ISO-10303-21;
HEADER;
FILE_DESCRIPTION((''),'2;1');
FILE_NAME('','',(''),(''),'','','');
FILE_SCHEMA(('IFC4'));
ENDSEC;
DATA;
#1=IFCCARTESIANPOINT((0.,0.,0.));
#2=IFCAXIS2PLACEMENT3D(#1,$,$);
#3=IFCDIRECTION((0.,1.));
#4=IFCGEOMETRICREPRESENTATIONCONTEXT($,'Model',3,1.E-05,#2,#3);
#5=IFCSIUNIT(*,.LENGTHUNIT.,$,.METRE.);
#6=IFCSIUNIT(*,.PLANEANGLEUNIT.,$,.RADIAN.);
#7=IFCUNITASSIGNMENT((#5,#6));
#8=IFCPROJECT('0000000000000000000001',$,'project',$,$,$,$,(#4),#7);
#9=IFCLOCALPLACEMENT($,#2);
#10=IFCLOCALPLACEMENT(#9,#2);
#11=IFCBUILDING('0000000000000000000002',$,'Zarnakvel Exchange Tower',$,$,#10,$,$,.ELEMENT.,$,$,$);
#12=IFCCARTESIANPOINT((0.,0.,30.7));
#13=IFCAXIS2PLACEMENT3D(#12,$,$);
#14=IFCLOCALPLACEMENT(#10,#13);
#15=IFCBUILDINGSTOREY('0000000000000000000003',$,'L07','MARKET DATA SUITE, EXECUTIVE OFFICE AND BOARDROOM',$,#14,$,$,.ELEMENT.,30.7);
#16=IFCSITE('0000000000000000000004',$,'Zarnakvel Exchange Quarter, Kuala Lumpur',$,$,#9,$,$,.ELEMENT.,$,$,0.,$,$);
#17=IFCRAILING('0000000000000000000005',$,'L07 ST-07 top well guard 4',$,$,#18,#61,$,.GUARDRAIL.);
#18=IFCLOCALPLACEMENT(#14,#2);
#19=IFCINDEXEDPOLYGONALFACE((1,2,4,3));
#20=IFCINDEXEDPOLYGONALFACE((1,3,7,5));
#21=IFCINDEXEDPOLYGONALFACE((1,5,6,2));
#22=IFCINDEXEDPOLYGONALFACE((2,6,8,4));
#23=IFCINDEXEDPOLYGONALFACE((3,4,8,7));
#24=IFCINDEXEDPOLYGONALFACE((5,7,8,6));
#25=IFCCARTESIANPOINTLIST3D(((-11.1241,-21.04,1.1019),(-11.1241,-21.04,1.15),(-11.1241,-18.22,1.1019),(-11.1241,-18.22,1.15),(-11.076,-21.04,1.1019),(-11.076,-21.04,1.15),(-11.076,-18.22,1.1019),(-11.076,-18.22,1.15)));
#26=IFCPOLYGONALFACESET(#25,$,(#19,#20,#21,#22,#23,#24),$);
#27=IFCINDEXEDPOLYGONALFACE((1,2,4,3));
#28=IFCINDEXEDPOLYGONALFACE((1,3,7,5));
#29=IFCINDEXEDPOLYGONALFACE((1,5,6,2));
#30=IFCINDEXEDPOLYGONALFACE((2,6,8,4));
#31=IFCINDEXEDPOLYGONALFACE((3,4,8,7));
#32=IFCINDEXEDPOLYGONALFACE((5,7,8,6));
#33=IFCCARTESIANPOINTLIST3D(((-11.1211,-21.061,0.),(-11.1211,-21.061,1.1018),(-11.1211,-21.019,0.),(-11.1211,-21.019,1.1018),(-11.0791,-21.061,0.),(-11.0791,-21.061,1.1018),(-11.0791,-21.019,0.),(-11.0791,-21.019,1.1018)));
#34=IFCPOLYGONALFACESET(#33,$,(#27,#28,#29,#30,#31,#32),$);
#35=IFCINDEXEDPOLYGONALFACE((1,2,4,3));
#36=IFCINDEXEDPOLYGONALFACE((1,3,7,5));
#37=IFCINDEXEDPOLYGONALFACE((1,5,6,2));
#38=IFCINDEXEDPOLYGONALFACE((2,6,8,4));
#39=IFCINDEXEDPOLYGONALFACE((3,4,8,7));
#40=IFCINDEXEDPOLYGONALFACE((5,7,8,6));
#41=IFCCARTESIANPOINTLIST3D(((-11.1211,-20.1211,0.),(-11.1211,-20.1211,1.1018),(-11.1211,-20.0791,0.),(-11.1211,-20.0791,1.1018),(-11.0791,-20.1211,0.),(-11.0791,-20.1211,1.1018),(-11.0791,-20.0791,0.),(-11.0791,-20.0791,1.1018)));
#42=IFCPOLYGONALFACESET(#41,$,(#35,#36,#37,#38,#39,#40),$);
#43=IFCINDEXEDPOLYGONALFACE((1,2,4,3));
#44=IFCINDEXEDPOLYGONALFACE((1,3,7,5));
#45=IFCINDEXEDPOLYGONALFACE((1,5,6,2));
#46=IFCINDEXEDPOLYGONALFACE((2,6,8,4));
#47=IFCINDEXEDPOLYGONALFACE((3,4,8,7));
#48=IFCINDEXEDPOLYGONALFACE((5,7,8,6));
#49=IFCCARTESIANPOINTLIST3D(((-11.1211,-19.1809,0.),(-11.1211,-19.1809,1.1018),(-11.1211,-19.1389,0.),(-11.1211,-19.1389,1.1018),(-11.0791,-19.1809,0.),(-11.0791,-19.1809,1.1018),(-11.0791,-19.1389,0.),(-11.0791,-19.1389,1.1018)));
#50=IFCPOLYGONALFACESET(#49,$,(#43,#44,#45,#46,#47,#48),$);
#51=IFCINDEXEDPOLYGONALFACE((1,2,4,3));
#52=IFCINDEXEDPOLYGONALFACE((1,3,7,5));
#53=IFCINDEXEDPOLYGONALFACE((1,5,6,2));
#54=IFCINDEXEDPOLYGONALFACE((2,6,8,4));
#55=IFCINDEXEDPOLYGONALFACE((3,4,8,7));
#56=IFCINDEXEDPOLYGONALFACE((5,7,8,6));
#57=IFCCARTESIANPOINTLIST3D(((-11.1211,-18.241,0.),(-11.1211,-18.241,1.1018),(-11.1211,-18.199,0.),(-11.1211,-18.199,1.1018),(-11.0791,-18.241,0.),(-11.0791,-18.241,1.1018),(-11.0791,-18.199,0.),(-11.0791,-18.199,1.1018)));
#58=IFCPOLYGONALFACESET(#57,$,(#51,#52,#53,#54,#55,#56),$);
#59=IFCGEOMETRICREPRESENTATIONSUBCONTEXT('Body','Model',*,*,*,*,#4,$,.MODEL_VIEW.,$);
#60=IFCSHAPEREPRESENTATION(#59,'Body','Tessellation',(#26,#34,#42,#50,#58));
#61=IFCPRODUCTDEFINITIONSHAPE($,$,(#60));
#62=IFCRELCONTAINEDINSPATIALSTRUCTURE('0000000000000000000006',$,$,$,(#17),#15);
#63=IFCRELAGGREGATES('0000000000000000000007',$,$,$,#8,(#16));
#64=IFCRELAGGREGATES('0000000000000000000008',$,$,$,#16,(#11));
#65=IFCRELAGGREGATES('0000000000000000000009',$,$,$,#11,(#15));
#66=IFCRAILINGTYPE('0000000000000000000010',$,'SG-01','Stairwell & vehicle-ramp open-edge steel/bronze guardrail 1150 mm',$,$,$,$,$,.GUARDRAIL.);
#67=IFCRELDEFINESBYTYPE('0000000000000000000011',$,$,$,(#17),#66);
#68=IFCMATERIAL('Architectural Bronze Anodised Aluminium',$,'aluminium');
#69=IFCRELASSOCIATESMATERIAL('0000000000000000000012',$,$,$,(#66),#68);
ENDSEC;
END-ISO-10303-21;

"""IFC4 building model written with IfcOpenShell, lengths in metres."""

from ifc_helpers import new_model, si_unit, direction, frame, origin, origin_2d, place, context, subcontext, project, spatial, rectangle, extrude, material, type_object, element, save


model = new_model("IFC4")

# Units and contexts
model_context = context("Model", 3, precision=1e-05, world=origin(), true_north=direction((0.0, 1.0)))
body_context = subcontext(model_context, "Body", "Model", "MODEL_VIEW")
ifc_project = project(units=[si_unit("LENGTHUNIT", "METRE"), si_unit("PLANEANGLEUNIT", "RADIAN")], contexts=[model_context])

# Site, building, storey
site_placement = place(None, origin())
site = spatial("IfcSite", under=ifc_project, at=site_placement, Name="Zarnakvel Exchange Quarter, Kuala Lumpur", CompositionType="ELEMENT", RefElevation=0.0)
building_placement = place(site_placement, origin())
building = spatial("IfcBuilding", under=site, at=building_placement, Name="Zarnakvel Exchange Tower", CompositionType="ELEMENT")
storey_placement = place(building_placement, frame((0.0, 0.0, 30.7)))
storey = spatial("IfcBuildingStorey", under=building, at=storey_placement, Name="L07", Description="MARKET DATA SUITE, EXECUTIVE OFFICE AND BOARDROOM", CompositionType="ELEMENT", Elevation=30.7)

# Shared definitions
ifc_material_1 = material(Name="Architectural Bronze Anodised Aluminium", Category="aluminium")

# Railing
railing_type_1 = type_object("IfcRailingType", Name="SG-01", Description="Stairwell & vehicle-ramp open-edge steel/bronze guardrail 1150 mm", PredefinedType="GUARDRAIL", material=ifc_material_1)
railing_1_placement = place(storey_placement, frame((-11.1001, -21.04, 0.0)))
element("IfcRailing", 1, at=railing_1_placement, inside=storey, type_object=railing_type_1, Name="L07 ST-07 top well guard 4", PredefinedType="GUARDRAIL", context=body_context, shape_type="SweptSolid", body=[
    extrude(rectangle(XDim=0.0481, YDim=0.0481, at=origin_2d()), frame((0.0, 0.0, 1.126), z_axis=(0.0, 1.0, 0.0), x_axis=(-1.0, 0.0, 0.0)), (0.0, 0.0, 1.0), 2.8201),
    extrude(rectangle(XDim=0.042, YDim=0.042, at=origin_2d()), origin(), (0.0, 0.0, 1.0), 1.1018),
    extrude(rectangle(XDim=0.042, YDim=0.042, at=origin_2d()), frame((0.0, 0.9399, 0.0)), (0.0, 0.0, 1.0), 1.1018),
    extrude(rectangle(XDim=0.042, YDim=0.042, at=origin_2d()), frame((0.0, 1.8801, 0.0)), (0.0, 0.0, 1.0), 1.1018),
    extrude(rectangle(XDim=0.042, YDim=0.042, at=origin_2d()), frame((0.0, 2.8201, 0.0)), (0.0, 0.0, 1.0), 1.1018),
])

save(model, "model.ifc")
